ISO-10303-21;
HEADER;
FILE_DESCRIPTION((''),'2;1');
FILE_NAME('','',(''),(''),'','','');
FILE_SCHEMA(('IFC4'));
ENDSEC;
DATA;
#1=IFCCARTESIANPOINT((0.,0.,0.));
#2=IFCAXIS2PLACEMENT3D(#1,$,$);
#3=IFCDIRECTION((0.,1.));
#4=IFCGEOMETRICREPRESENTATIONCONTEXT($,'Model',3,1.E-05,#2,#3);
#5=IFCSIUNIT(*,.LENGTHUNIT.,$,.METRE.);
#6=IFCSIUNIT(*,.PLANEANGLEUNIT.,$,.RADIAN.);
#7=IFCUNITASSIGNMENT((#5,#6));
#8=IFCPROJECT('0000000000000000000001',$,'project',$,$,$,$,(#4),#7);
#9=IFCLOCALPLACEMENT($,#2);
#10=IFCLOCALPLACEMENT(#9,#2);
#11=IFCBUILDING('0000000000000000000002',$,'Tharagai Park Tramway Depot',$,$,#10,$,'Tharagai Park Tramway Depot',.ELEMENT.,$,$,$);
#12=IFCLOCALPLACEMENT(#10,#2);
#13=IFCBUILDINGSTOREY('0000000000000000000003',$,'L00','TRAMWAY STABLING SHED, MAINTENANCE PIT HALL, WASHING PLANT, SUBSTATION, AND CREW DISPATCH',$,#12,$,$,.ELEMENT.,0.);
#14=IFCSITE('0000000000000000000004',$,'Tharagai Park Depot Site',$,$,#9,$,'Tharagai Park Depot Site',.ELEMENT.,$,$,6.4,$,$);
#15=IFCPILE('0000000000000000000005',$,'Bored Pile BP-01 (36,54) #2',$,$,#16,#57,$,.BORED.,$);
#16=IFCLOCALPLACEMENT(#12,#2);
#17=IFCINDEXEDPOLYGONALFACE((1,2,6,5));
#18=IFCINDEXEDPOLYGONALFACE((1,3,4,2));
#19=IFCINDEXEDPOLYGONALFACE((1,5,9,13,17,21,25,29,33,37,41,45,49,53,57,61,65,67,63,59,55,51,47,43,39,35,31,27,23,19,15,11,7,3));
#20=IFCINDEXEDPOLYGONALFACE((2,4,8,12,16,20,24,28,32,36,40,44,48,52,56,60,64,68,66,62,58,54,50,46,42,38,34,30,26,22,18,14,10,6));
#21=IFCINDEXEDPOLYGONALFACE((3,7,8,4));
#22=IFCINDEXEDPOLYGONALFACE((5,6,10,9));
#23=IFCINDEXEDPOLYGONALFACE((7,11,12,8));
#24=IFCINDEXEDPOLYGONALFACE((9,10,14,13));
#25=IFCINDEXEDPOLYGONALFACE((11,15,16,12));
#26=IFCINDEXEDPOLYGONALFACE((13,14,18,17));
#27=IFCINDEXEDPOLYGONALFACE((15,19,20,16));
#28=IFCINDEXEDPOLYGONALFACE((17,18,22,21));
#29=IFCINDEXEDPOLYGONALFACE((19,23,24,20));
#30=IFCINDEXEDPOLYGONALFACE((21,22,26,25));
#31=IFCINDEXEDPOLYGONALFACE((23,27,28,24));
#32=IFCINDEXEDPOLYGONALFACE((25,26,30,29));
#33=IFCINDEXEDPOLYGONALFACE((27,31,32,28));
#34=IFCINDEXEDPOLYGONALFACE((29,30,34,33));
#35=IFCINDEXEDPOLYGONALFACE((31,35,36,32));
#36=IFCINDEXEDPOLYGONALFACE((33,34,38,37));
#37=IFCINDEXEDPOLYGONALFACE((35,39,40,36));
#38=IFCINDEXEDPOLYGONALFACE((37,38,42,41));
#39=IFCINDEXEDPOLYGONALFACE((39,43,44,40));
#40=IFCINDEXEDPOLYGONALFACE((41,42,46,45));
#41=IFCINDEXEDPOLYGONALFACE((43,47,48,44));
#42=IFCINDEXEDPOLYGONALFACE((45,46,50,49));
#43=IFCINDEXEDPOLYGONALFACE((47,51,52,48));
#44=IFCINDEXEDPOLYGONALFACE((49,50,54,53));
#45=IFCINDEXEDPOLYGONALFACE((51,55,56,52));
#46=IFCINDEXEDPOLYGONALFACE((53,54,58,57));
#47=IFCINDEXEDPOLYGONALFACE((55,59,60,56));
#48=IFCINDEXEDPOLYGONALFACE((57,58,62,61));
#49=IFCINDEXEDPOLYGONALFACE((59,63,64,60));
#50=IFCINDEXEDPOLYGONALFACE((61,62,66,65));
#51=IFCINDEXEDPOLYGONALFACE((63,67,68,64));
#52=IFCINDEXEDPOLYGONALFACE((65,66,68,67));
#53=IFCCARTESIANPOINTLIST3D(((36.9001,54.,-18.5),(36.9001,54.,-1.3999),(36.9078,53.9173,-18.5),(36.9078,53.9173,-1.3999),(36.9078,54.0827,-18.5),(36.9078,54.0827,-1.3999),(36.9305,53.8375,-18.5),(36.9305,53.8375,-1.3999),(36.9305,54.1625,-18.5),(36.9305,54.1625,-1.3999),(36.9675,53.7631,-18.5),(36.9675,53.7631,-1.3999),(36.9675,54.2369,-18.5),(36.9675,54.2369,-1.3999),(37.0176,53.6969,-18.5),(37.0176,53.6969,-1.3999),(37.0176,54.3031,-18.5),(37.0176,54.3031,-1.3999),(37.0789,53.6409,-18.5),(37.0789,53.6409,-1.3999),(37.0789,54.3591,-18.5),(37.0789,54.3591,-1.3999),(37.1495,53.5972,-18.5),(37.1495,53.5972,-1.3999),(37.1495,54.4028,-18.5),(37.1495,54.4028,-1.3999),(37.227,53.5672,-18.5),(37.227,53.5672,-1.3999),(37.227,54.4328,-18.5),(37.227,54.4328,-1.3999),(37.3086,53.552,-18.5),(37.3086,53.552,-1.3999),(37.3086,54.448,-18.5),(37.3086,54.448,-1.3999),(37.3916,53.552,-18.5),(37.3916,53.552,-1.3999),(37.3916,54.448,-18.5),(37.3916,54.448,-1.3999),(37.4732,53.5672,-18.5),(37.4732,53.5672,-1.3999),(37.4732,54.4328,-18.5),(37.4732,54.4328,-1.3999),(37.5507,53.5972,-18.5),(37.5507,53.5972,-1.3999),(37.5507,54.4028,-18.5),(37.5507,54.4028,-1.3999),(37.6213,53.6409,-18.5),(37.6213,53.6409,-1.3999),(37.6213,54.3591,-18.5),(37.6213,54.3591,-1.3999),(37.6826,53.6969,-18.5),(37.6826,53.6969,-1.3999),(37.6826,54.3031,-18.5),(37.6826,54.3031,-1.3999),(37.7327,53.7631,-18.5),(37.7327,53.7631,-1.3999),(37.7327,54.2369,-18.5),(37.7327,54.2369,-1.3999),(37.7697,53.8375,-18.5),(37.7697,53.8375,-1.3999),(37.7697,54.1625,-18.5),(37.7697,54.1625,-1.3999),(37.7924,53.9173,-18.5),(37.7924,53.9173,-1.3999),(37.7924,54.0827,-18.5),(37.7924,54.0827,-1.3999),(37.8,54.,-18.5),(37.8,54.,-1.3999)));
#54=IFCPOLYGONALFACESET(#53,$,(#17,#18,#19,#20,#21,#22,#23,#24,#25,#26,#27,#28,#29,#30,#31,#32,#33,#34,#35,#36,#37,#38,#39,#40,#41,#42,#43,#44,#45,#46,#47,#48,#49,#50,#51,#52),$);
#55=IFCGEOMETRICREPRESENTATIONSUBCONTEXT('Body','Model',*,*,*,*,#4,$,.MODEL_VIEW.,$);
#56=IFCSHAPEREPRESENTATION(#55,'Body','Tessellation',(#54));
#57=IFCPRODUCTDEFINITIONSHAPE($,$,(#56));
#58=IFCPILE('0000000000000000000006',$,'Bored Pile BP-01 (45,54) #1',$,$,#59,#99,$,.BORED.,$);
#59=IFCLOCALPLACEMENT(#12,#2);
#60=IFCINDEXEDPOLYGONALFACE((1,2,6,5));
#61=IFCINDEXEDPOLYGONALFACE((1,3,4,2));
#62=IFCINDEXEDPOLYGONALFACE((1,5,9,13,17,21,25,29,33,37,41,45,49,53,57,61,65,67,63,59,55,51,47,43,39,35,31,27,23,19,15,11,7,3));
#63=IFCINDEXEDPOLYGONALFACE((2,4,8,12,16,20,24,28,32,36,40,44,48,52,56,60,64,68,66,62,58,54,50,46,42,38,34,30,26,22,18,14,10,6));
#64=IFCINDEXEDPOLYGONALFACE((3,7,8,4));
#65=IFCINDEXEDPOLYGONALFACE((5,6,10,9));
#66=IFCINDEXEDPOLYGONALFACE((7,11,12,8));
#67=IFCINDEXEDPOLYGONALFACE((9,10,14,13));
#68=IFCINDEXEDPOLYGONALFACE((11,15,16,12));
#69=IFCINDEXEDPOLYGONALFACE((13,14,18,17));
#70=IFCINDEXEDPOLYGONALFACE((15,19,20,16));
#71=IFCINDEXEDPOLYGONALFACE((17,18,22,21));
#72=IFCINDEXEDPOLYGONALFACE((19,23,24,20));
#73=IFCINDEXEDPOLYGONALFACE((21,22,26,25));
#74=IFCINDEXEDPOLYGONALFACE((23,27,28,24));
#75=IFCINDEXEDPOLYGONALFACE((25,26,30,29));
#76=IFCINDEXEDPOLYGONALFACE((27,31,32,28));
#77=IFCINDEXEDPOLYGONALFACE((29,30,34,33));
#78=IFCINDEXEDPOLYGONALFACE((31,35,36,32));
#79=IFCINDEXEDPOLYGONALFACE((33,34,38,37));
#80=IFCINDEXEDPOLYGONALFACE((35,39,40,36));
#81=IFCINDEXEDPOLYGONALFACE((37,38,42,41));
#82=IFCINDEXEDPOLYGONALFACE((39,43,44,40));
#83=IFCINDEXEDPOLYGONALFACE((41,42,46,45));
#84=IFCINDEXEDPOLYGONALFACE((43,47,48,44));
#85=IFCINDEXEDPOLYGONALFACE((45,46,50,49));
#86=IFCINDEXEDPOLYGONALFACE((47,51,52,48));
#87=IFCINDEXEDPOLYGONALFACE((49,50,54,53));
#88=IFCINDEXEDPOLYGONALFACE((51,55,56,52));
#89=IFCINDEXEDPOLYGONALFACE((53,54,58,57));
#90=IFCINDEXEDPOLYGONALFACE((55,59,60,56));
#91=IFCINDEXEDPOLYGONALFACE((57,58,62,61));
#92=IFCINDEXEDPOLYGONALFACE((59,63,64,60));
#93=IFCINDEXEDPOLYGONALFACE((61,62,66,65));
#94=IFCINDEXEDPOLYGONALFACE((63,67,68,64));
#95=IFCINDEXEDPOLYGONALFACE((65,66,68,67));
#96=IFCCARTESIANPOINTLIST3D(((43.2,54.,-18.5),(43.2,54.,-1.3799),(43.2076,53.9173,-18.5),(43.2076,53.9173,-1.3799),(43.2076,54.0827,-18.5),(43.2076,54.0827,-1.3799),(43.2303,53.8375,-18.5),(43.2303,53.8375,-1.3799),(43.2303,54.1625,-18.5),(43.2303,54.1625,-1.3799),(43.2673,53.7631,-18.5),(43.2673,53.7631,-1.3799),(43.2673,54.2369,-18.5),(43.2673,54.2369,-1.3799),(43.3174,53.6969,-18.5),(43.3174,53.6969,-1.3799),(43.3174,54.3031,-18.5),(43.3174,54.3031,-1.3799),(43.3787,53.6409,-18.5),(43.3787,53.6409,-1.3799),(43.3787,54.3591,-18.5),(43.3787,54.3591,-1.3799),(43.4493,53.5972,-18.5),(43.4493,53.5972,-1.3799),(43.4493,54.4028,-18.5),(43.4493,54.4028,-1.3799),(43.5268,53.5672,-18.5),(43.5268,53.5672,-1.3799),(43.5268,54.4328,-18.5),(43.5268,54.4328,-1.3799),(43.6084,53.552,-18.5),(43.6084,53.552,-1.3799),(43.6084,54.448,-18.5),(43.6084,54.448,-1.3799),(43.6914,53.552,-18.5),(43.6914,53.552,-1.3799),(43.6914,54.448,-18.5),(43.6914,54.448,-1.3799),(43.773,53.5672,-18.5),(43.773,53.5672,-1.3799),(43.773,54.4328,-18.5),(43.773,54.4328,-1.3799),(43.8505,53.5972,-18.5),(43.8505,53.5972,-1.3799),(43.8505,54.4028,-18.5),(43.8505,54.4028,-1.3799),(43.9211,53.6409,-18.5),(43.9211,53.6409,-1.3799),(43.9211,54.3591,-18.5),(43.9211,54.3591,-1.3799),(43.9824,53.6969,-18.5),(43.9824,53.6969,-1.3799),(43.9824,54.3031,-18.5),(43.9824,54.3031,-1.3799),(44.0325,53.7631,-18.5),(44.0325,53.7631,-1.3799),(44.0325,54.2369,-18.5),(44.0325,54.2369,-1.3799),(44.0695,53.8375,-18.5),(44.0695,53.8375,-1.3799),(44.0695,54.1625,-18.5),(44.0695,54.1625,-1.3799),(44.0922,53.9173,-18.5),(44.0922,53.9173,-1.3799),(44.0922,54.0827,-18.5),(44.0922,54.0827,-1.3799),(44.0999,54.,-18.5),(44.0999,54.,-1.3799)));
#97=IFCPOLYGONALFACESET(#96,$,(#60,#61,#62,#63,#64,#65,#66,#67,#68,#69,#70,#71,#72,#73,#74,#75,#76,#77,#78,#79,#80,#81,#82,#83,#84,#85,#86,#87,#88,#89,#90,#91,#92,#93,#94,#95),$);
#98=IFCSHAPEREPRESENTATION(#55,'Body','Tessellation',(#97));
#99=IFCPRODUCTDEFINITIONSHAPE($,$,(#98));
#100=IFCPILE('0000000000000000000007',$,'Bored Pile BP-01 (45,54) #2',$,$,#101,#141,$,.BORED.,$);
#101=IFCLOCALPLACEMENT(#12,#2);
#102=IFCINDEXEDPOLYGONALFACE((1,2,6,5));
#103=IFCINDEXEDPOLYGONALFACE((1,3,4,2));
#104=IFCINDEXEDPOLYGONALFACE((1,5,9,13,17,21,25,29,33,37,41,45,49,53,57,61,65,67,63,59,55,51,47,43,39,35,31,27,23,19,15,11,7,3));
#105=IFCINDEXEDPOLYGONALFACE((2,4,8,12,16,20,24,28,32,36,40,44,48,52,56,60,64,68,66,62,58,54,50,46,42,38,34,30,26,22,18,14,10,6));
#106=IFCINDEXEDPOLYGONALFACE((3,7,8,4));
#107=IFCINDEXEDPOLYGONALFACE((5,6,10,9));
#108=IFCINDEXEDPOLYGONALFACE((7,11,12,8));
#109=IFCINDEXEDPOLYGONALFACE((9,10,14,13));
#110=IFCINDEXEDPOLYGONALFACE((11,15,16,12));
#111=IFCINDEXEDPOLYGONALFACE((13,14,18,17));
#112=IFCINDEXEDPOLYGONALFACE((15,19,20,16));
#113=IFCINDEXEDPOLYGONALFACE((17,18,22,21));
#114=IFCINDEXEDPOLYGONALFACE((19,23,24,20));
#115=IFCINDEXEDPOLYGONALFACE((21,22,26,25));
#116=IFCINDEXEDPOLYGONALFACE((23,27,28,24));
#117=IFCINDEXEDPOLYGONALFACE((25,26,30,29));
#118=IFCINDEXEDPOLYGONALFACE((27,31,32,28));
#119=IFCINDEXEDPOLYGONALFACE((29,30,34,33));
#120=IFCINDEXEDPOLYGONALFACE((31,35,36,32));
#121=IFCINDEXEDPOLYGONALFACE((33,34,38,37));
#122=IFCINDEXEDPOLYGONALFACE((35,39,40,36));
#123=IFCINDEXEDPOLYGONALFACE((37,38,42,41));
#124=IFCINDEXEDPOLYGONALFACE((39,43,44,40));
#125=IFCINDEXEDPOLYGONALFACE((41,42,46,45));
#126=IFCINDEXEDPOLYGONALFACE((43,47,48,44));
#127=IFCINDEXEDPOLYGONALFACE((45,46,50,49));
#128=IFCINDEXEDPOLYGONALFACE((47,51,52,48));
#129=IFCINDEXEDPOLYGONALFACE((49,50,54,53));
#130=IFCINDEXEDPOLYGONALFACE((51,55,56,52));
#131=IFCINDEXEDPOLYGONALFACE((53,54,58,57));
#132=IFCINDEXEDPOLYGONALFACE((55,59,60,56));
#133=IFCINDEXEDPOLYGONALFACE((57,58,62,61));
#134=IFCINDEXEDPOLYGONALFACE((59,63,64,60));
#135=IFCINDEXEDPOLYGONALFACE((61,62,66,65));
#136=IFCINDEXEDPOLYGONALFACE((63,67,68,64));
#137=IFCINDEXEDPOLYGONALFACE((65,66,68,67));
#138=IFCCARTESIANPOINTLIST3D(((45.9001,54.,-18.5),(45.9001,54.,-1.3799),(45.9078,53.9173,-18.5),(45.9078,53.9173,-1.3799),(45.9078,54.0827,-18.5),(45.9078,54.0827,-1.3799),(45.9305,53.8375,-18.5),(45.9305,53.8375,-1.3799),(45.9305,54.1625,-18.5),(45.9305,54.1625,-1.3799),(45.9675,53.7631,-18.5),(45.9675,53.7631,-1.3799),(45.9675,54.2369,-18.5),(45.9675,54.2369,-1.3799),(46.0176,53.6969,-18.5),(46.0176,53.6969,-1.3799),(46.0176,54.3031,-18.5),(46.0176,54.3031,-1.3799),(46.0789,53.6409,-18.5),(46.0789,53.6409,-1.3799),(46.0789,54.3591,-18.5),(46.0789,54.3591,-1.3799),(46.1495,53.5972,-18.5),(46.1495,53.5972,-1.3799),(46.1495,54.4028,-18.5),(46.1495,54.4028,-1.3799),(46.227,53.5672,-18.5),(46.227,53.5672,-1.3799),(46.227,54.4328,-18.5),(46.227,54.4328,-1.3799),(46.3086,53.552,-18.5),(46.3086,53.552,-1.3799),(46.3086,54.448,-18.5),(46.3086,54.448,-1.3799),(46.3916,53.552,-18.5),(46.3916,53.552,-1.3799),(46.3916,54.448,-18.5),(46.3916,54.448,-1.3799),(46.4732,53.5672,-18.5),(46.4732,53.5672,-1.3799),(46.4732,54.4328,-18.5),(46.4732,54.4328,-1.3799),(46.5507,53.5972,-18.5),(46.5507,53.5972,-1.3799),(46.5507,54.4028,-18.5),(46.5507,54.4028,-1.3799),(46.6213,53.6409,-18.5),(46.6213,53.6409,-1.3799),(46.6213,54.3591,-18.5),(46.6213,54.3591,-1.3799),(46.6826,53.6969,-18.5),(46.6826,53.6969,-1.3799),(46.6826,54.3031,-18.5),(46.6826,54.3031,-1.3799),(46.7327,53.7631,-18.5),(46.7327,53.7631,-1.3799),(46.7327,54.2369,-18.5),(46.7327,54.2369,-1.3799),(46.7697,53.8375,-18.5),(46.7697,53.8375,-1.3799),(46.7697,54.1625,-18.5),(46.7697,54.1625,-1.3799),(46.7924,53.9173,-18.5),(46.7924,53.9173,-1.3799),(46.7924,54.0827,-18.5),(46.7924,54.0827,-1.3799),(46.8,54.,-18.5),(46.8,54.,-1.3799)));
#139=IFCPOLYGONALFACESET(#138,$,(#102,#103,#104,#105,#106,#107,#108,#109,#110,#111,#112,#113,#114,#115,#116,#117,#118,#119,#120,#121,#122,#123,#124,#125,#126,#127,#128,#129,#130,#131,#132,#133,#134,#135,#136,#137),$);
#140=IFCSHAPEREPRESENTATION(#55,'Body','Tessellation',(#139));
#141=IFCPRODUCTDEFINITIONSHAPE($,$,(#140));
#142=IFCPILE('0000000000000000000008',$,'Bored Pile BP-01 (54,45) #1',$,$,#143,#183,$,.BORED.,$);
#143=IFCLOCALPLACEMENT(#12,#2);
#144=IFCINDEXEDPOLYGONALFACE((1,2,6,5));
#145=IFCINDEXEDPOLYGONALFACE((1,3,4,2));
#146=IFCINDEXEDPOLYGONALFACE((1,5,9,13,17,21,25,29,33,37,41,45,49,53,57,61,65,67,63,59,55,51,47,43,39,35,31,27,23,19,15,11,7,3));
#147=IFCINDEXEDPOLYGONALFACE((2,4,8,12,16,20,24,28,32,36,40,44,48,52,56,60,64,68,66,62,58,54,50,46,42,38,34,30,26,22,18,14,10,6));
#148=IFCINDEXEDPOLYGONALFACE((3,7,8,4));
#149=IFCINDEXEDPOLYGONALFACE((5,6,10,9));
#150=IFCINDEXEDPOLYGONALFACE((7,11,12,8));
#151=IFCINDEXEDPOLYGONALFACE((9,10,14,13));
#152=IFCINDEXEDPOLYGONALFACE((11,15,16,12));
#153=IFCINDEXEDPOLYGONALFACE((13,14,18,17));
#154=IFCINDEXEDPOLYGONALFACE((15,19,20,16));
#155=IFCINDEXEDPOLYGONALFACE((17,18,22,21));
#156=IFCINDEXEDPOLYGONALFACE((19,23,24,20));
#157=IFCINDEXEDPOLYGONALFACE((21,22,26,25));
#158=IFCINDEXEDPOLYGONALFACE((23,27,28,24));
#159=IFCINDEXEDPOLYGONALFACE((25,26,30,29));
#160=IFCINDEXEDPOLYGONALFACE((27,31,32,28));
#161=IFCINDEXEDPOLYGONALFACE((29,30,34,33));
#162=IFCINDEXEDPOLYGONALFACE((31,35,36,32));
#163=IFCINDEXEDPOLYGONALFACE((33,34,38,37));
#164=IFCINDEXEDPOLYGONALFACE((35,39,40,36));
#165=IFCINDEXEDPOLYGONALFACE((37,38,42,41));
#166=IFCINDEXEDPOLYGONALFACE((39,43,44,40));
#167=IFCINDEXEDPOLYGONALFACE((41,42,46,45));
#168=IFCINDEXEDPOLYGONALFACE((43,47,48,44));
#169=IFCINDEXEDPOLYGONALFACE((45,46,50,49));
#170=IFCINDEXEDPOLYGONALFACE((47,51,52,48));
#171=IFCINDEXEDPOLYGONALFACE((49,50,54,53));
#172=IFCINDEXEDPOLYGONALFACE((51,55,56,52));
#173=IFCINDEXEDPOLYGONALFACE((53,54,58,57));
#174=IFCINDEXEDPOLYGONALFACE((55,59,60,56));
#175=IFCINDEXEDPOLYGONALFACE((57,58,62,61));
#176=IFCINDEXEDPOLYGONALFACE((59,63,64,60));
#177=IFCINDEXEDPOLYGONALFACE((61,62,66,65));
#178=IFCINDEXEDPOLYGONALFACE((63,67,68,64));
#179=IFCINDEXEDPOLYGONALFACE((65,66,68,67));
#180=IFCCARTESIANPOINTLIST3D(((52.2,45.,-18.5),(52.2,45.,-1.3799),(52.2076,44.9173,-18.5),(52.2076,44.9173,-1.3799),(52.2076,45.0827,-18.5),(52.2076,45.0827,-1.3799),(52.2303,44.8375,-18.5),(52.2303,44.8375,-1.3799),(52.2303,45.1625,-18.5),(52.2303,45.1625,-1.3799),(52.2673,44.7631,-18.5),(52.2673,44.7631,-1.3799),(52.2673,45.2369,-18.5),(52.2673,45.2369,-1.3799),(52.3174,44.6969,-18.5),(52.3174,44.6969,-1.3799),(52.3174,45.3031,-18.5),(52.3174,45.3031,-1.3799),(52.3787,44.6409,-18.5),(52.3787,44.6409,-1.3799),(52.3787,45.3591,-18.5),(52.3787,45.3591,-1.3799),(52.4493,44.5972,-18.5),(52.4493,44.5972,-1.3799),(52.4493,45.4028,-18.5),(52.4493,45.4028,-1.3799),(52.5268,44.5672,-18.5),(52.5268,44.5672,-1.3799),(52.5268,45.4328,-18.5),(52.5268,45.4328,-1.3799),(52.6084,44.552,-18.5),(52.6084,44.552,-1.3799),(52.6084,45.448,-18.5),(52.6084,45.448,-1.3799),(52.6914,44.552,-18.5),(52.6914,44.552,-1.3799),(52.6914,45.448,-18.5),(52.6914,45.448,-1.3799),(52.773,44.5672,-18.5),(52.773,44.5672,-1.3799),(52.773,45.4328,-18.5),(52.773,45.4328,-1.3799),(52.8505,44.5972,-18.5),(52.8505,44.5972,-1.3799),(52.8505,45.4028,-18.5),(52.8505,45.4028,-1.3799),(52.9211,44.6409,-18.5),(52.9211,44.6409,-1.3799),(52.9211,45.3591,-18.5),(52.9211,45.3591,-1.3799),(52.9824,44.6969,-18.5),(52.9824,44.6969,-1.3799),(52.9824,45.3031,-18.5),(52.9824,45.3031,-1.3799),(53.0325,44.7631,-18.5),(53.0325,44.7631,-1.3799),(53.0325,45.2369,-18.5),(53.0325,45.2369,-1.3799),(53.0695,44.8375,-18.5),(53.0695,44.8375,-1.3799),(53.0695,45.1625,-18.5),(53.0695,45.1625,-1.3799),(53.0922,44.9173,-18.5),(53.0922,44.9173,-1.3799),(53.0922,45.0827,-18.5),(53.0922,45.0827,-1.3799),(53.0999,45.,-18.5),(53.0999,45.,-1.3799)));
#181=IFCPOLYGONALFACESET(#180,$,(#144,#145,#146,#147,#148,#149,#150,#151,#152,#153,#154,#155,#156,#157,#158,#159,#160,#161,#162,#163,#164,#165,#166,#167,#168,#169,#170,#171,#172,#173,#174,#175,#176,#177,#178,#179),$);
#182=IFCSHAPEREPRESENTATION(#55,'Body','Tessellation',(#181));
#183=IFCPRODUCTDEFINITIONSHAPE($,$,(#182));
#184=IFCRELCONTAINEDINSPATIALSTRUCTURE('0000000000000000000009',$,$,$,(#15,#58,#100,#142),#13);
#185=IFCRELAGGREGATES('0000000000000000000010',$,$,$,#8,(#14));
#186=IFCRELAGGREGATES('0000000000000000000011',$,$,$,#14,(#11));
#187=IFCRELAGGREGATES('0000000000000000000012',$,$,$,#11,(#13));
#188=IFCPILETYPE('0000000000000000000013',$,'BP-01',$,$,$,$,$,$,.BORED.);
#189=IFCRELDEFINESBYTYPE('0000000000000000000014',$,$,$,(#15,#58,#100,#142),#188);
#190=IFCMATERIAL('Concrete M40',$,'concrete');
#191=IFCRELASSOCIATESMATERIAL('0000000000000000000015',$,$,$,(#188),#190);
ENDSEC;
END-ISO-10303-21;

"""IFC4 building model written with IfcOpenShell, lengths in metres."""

from ifc_helpers import new_model, si_unit, direction, frame, origin, origin_2d, place, context, subcontext, project, spatial, circle, extrude, material, material_profile, profile_set, type_object, element, save


model = new_model("IFC4")

# Units and contexts
model_context = context("Model", 3, precision=1e-05, world=origin(), true_north=direction((0.0, 1.0)))
body_context = subcontext(model_context, "Body", "Model", "MODEL_VIEW")
ifc_project = project(units=[si_unit("LENGTHUNIT", "METRE"), si_unit("PLANEANGLEUNIT", "RADIAN")], contexts=[model_context])

# Site, building, storey
site_placement = place(None, origin())
site = spatial("IfcSite", under=ifc_project, at=site_placement, Name="Tharagai Park Depot Site", LongName="Tharagai Park Depot Site", CompositionType="ELEMENT", RefElevation=6.4)
building_placement = place(site_placement, origin())
building = spatial("IfcBuilding", under=site, at=building_placement, Name="Tharagai Park Tramway Depot", LongName="Tharagai Park Tramway Depot", CompositionType="ELEMENT")
storey_placement = place(building_placement, origin())
storey = spatial("IfcBuildingStorey", under=building, at=storey_placement, Name="L00", Description="TRAMWAY STABLING SHED, MAINTENANCE PIT HALL, WASHING PLANT, SUBSTATION, AND CREW DISPATCH", CompositionType="ELEMENT", Elevation=0.0)

# Piles
ifc_material_1 = material(Name="Concrete M40", Category="concrete")
ifc_material_profile_1 = material_profile(ifc_material_1, circle(Radius=0.45, at=origin_2d()), Name="PILE D900")
ifc_profile_set_1 = profile_set([ifc_material_profile_1], Name="Concrete M40")
pile_type_1 = type_object("IfcPileType", Name="BP-01", PredefinedType="BORED", material=ifc_profile_set_1)
pile_placement = place(storey_placement, frame((37.3501, 54.0, -1.3999), z_axis=(0.0, 0.0, -1.0), x_axis=(1.0, 0.0, 0.0)))
element("IfcPile", 1, at=pile_placement, inside=storey, type_object=pile_type_1, Name="Bored Pile BP-01 (36,54) #2", PredefinedType="BORED", context=body_context, shape_type="SweptSolid", body=[
    extrude(circle(Radius=0.45, at=origin_2d()), origin(), (0.0, 0.0, 1.0), 17.1001),
])
for number, where, z_axis, x_axis, name in (
    (2, (43.6499, 54.0, -1.3799), (0.0, 0.0, -1.0), (1.0, 0.0, 0.0), "Bored Pile BP-01 (45,54) #1"),
    (3, (46.3501, 54.0, -1.3799), (0.0, 0.0, -1.0), (1.0, 0.0, 0.0), "Bored Pile BP-01 (45,54) #2"),
    (4, (52.6499, 45.0, -1.3799), (0.0, 0.0, -1.0), (1.0, 0.0, 0.0), "Bored Pile BP-01 (54,45) #1"),
):
    element("IfcPile", number, at=place(storey_placement, frame(where, z_axis=z_axis, x_axis=x_axis)), inside=storey, type_object=pile_type_1, Name=name, PredefinedType="BORED", context=body_context, shape_type="SweptSolid", body=[
        extrude(circle(Radius=0.45, at=origin_2d()), origin(), (0.0, 0.0, 1.0), 17.1201),
    ])

save(model, "model.ifc")
